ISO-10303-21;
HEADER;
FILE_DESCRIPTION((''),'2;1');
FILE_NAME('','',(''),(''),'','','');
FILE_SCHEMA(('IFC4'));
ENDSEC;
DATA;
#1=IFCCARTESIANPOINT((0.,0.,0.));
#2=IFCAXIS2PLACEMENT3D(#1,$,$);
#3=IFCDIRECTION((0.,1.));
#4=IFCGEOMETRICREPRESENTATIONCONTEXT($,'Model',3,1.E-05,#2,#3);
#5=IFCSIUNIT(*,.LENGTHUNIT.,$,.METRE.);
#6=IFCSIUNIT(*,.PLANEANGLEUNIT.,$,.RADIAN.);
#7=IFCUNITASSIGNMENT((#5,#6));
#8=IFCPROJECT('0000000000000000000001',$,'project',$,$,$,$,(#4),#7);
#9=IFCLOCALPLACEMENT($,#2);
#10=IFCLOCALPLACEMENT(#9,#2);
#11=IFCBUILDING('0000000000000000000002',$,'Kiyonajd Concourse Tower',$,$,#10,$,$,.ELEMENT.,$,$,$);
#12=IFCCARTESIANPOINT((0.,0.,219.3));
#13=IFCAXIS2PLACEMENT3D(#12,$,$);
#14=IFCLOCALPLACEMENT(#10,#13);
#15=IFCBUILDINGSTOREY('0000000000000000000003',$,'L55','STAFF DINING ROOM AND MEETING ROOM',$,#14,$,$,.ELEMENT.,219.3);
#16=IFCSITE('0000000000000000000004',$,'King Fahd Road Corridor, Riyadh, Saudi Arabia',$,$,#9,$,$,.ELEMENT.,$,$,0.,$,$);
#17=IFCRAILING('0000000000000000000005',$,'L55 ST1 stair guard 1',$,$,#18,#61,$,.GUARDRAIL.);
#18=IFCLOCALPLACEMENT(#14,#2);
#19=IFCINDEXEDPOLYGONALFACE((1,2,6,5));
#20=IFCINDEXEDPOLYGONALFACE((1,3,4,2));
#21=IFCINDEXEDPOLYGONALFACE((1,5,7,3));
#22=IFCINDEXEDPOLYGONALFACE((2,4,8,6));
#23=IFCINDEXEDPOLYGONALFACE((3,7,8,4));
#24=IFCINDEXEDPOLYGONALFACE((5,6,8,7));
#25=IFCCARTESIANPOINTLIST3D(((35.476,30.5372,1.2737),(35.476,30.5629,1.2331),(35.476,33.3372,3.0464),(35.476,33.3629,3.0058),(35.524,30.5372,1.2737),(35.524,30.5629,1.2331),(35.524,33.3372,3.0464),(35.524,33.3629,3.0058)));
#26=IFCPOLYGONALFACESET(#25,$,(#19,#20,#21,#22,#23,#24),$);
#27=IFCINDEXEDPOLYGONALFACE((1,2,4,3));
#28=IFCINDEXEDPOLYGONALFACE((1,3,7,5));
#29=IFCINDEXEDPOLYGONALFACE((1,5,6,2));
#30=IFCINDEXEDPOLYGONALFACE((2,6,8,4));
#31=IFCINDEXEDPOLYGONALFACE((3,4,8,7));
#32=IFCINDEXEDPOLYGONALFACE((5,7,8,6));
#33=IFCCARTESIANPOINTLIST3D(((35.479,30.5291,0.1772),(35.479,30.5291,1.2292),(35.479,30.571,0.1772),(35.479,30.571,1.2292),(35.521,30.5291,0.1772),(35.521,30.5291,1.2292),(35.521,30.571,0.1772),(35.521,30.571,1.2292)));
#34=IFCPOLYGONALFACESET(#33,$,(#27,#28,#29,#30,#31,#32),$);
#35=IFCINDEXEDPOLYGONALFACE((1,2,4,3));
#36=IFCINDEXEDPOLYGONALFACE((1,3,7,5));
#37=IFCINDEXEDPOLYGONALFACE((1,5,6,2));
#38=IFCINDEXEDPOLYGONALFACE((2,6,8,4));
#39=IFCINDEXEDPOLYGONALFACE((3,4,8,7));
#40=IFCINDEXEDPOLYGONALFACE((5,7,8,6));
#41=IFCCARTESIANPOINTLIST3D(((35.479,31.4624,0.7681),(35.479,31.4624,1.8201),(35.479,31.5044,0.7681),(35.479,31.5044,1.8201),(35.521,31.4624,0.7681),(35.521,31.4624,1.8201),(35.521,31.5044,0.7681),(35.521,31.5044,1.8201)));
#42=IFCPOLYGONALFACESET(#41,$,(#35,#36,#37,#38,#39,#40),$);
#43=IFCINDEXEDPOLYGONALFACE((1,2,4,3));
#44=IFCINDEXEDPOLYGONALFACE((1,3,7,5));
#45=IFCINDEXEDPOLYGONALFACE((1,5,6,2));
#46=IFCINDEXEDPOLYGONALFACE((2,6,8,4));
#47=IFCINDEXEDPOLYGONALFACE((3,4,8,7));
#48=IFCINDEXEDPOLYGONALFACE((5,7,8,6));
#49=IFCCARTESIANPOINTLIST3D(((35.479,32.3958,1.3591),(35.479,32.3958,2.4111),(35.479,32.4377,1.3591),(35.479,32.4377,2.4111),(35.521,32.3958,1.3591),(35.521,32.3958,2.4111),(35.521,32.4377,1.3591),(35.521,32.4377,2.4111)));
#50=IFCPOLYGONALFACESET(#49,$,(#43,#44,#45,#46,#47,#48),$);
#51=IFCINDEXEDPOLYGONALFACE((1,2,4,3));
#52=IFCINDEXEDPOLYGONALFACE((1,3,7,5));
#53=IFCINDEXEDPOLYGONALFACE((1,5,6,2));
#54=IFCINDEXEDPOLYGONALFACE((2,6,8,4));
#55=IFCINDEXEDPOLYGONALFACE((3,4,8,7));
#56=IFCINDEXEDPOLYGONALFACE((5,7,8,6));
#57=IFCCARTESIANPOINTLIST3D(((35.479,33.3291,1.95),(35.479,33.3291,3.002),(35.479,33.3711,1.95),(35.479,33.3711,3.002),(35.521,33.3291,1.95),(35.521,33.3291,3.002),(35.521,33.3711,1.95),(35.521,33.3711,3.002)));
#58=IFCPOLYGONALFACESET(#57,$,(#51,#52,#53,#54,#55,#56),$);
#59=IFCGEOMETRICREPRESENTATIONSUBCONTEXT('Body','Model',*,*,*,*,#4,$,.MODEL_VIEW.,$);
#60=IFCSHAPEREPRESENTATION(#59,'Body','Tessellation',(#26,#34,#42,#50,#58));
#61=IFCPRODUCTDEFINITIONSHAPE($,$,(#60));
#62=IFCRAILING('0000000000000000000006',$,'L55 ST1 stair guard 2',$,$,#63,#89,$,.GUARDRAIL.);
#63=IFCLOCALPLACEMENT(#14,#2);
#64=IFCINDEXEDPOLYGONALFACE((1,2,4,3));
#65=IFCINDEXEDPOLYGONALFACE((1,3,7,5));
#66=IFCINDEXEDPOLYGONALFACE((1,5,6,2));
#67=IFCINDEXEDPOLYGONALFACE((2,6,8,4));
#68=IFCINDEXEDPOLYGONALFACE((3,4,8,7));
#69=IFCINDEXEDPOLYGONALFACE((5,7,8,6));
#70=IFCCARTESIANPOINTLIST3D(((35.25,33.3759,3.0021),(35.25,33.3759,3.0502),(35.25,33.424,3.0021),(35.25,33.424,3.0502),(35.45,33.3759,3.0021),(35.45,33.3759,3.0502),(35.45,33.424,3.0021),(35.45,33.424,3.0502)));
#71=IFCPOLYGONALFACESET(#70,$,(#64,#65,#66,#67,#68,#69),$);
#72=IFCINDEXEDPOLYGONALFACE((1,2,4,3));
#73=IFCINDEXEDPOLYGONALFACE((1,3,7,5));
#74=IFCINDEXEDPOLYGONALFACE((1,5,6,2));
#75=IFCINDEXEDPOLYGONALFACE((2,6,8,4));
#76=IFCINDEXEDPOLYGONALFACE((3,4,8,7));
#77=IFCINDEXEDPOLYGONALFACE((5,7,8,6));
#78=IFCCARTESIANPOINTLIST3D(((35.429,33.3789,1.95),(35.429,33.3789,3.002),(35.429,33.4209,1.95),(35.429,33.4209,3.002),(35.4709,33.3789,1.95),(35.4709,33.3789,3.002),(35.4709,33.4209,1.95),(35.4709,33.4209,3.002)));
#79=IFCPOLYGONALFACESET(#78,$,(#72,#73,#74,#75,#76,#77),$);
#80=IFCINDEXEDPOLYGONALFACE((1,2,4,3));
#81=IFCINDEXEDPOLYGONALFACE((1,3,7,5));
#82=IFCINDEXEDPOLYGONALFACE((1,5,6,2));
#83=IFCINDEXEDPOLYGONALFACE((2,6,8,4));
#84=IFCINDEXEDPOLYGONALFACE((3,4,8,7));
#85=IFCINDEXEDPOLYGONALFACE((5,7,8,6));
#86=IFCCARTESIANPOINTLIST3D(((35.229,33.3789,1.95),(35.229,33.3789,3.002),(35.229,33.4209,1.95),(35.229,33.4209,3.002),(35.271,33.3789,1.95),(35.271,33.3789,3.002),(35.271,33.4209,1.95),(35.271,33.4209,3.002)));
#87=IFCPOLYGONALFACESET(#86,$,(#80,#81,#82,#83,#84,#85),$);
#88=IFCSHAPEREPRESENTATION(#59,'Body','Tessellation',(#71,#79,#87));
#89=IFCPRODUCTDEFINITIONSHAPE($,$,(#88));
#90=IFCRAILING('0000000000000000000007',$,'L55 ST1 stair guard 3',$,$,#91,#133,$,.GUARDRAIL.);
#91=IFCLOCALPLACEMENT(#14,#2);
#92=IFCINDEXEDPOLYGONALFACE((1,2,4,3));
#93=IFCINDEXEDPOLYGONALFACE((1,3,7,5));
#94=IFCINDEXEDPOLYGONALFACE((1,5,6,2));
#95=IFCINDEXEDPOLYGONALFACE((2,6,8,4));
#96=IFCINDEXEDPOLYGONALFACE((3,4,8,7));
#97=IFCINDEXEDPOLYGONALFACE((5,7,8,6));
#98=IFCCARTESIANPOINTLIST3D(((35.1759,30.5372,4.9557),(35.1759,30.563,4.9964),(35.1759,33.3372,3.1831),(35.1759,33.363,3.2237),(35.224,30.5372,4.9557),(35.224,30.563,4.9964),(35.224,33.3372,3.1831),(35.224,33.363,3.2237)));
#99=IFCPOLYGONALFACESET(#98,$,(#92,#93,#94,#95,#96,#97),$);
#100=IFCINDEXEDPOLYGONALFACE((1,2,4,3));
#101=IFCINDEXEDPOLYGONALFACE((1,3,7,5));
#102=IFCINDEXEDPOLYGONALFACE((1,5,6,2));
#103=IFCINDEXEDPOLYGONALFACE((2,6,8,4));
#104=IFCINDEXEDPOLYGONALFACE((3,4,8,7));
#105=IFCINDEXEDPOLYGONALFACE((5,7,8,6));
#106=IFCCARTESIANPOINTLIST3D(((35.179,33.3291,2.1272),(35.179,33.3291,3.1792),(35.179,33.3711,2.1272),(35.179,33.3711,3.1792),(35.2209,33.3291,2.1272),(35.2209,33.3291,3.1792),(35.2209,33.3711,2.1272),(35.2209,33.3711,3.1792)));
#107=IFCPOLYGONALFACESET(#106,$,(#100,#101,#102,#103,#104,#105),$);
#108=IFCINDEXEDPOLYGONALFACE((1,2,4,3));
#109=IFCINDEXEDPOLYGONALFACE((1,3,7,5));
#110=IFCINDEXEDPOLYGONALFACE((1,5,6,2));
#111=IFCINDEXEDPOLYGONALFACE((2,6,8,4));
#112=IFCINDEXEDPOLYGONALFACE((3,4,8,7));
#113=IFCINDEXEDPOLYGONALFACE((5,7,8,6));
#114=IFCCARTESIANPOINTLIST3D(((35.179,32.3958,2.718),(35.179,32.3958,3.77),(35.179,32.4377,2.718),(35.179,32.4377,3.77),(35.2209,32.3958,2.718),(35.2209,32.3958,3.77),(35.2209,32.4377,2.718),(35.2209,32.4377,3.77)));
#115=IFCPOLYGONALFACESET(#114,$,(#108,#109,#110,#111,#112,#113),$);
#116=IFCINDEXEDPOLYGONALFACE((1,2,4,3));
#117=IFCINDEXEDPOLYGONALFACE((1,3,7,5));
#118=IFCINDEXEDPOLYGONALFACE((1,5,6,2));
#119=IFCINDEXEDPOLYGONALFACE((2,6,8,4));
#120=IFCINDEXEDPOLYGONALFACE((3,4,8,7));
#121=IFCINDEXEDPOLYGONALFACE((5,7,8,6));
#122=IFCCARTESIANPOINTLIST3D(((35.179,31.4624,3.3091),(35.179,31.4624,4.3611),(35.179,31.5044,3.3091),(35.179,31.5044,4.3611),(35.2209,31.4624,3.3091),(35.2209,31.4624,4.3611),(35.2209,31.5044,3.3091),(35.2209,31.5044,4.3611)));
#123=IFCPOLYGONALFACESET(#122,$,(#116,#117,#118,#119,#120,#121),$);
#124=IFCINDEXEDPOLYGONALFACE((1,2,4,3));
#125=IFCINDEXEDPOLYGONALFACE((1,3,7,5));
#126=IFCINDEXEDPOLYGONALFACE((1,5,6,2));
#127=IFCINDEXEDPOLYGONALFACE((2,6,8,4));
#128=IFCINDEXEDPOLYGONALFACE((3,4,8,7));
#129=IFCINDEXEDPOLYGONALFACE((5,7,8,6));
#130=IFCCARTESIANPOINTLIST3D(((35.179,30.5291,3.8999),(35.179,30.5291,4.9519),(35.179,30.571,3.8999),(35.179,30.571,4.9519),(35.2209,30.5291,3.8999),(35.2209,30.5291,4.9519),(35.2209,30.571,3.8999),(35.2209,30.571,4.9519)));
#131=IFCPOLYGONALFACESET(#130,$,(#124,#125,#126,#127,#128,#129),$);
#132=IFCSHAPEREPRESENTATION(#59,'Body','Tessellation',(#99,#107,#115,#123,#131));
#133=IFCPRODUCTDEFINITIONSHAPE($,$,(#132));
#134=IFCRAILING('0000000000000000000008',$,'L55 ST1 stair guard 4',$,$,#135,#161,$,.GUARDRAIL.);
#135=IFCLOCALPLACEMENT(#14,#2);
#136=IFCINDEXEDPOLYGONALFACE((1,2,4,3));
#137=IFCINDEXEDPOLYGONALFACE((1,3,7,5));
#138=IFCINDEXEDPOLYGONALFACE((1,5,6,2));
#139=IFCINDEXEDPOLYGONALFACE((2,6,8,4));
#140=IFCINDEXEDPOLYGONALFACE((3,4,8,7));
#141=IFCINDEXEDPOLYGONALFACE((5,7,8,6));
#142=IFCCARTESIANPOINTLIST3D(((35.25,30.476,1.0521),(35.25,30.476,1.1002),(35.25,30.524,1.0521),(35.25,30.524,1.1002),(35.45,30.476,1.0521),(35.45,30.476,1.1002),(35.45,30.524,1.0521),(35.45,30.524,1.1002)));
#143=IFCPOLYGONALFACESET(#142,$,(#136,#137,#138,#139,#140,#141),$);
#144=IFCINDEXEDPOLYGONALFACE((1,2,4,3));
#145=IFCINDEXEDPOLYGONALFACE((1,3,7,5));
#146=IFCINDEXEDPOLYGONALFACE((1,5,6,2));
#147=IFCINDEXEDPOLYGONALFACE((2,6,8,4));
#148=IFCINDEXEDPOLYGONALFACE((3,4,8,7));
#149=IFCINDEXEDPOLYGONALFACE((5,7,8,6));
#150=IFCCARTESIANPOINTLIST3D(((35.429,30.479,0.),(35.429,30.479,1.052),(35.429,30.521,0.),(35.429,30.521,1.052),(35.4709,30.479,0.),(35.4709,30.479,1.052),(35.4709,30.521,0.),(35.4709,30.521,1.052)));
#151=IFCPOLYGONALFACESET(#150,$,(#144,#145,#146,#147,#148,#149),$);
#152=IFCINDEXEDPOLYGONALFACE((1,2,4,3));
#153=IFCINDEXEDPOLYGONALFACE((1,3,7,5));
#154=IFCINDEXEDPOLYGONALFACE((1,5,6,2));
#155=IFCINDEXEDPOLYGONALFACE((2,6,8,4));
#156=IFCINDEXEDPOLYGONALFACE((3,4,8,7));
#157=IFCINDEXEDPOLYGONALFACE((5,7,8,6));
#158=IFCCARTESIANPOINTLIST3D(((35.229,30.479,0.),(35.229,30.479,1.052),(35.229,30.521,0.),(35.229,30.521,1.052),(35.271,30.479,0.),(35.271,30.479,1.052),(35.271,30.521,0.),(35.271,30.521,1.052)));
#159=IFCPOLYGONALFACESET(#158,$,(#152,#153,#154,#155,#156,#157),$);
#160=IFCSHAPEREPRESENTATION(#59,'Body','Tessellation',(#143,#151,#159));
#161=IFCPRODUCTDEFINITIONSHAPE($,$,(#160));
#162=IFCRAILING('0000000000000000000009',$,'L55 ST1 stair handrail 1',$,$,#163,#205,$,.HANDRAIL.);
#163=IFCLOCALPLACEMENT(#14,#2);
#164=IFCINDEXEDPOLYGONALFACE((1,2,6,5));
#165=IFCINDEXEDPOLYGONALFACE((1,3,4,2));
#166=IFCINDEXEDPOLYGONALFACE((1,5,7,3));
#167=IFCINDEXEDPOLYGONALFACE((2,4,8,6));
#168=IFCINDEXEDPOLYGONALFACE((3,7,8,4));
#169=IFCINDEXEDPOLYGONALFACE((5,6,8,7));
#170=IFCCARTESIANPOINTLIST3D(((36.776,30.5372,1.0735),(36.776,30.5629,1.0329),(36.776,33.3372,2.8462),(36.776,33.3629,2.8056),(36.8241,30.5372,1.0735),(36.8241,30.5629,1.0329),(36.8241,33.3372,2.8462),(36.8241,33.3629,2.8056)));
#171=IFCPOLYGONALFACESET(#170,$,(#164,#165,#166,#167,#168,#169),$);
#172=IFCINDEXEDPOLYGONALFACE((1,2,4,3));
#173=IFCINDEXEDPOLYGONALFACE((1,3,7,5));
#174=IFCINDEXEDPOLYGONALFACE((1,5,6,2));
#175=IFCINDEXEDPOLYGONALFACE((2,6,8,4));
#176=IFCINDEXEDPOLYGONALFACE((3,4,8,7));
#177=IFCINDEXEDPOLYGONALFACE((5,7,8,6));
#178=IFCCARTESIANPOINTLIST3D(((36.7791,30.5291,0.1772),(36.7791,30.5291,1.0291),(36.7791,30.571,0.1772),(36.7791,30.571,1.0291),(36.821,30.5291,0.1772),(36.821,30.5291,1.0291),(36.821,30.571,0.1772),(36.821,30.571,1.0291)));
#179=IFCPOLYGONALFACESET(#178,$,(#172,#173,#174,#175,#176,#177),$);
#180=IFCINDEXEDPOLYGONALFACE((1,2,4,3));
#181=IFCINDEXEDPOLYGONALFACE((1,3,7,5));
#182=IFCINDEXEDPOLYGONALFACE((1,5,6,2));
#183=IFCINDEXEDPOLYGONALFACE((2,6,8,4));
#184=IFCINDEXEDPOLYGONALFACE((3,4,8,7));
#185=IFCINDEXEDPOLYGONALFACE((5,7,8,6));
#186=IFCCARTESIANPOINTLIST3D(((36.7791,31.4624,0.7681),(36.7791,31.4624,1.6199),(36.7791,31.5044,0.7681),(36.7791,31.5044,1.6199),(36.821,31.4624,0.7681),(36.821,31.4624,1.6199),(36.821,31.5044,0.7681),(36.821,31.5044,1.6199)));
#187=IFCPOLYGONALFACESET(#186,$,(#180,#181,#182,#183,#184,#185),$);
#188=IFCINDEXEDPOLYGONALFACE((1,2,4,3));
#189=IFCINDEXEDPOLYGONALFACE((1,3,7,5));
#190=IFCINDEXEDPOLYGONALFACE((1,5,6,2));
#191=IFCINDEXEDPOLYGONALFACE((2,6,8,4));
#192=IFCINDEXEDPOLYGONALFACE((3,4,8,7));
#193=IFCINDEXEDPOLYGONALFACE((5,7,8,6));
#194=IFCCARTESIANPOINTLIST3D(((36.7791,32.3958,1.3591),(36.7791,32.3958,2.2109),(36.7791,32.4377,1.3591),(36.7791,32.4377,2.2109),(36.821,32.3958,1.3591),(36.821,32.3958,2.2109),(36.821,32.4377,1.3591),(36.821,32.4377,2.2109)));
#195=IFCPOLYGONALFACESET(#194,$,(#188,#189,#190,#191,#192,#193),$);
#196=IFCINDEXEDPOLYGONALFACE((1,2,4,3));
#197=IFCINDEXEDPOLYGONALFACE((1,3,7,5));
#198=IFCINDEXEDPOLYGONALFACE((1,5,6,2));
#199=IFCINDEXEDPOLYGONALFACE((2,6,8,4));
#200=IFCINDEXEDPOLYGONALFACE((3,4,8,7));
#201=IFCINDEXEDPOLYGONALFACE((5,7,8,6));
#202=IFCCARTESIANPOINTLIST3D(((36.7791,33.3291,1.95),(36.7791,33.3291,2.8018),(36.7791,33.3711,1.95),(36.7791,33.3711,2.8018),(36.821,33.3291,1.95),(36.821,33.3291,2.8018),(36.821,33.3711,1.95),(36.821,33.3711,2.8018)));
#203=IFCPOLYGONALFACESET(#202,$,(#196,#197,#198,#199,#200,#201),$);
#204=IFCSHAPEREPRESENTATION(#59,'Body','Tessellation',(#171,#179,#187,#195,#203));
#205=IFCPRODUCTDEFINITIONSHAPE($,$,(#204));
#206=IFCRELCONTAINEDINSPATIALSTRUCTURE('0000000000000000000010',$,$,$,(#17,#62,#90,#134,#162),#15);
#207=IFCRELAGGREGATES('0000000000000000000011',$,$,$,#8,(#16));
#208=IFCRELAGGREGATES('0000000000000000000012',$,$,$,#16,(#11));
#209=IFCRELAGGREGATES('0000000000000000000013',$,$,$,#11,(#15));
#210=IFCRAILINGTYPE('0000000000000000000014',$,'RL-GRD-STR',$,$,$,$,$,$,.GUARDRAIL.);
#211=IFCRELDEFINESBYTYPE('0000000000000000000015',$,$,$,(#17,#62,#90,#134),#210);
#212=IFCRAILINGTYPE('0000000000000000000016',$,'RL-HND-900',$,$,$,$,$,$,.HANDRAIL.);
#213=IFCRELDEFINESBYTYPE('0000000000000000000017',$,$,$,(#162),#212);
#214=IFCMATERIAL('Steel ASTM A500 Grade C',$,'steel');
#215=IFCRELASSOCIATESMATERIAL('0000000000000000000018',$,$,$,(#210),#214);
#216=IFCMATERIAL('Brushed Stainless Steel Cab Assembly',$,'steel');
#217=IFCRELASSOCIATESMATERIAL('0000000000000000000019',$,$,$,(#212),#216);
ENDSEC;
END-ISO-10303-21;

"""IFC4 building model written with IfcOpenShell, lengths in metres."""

from ifc_helpers import new_model, si_unit, direction, frame, origin, origin_2d, place, context, subcontext, project, spatial, rectangle, extrude, material, type_object, element, save


model = new_model("IFC4")

# Units and contexts
model_context = context("Model", 3, precision=1e-05, world=origin(), true_north=direction((0.0, 1.0)))
body_context = subcontext(model_context, "Body", "Model", "MODEL_VIEW")
ifc_project = project(units=[si_unit("LENGTHUNIT", "METRE"), si_unit("PLANEANGLEUNIT", "RADIAN")], contexts=[model_context])

# Site, building, storey
site_placement = place(None, origin())
site = spatial("IfcSite", under=ifc_project, at=site_placement, Name="King Fahd Road Corridor, Riyadh, Saudi Arabia", CompositionType="ELEMENT", RefElevation=0.0)
building_placement = place(site_placement, origin())
building = spatial("IfcBuilding", under=site, at=building_placement, Name="Kiyonajd Concourse Tower", CompositionType="ELEMENT")
storey_placement = place(building_placement, frame((0.0, 0.0, 219.3)))
storey = spatial("IfcBuildingStorey", under=building, at=storey_placement, Name="L55", Description="STAFF DINING ROOM AND MEETING ROOM", CompositionType="ELEMENT", Elevation=219.3)

# Shared definitions
ifc_material_1 = material(Name="Brushed Stainless Steel Cab Assembly", Category="steel")

# Railings
ifc_material_2 = material(Name="Steel ASTM A500 Grade C", Category="steel")
railing_type_1 = type_object("IfcRailingType", Name="RL-GRD-STR", PredefinedType="GUARDRAIL", material=ifc_material_2)
railing_1_placement = place(storey_placement, frame((35.5, 30.55, 0.1772)))
element("IfcRailing", 1, at=railing_1_placement, inside=storey, type_object=railing_type_1, Name="L55 ST1 stair guard 1", PredefinedType="GUARDRAIL", context=body_context, shape_type="SweptSolid", body=[
    extrude(rectangle(XDim=0.0481, YDim=0.0481, at=origin_2d()), frame((0.0, 0.0, 1.0762), z_axis=(0.0, 0.844909, 0.53491), x_axis=(-1.0, 0.0, 0.0)), (0.0, 0.0, 1.0), 3.314),
    extrude(rectangle(XDim=0.042, YDim=0.042, at=origin_2d()), origin(), (0.0, 0.0, 1.0), 1.052),
    extrude(rectangle(XDim=0.042, YDim=0.042, at=origin_2d()), frame((0.0, 0.9333, 0.5908)), (0.0, 0.0, 1.0), 1.052),
    extrude(rectangle(XDim=0.042, YDim=0.042, at=origin_2d()), frame((0.0, 1.8667, 1.1819)), (0.0, 0.0, 1.0), 1.052),
    extrude(rectangle(XDim=0.042, YDim=0.042, at=origin_2d()), frame((0.0, 2.8, 1.7727)), (0.0, 0.0, 1.0), 1.052),
])
railing_2_placement = place(storey_placement, frame((35.45, 33.3999, 1.95)))
element("IfcRailing", 2, at=railing_2_placement, inside=storey, type_object=railing_type_1, Name="L55 ST1 stair guard 2", PredefinedType="GUARDRAIL", context=body_context, shape_type="SweptSolid", body=[
    extrude(rectangle(XDim=0.0481, YDim=0.0481, at=origin_2d()), frame((0.0, 0.0, 1.0762), z_axis=(-1.0, 0.0, 0.0), x_axis=(0.0, -1.0, 0.0)), (0.0, 0.0, 1.0), 0.2),
    extrude(rectangle(XDim=0.042, YDim=0.042, at=origin_2d()), origin(), (0.0, 0.0, 1.0), 1.052),
    extrude(rectangle(XDim=0.042, YDim=0.042, at=origin_2d()), frame((-0.2, 0.0, 0.0)), (0.0, 0.0, 1.0), 1.052),
])
railing_3_placement = place(storey_placement, frame((35.2, 33.3501, 2.1272)))
element("IfcRailing", 3, at=railing_3_placement, inside=storey, type_object=railing_type_1, Name="L55 ST1 stair guard 3", PredefinedType="GUARDRAIL", context=body_context, shape_type="SweptSolid", body=[
    extrude(rectangle(XDim=0.0481, YDim=0.0481, at=origin_2d()), frame((0.0, 0.0, 1.0762), z_axis=(0.0, -0.844909, 0.53491), x_axis=(1.0, 0.0, 0.0)), (0.0, 0.0, 1.0), 3.314),
    extrude(rectangle(XDim=0.042, YDim=0.042, at=origin_2d()), origin(), (0.0, 0.0, 1.0), 1.052),
    extrude(rectangle(XDim=0.042, YDim=0.042, at=origin_2d()), frame((0.0, -0.9333, 0.5908)), (0.0, 0.0, 1.0), 1.052),
    extrude(rectangle(XDim=0.042, YDim=0.042, at=origin_2d()), frame((0.0, -1.8667, 1.1819)), (0.0, 0.0, 1.0), 1.052),
    extrude(rectangle(XDim=0.042, YDim=0.042, at=origin_2d()), frame((0.0, -2.8, 1.7727)), (0.0, 0.0, 1.0), 1.052),
])
railing_4_placement = place(storey_placement, frame((35.45, 30.5, 0.0)))
element("IfcRailing", 4, at=railing_4_placement, inside=storey, type_object=railing_type_1, Name="L55 ST1 stair guard 4", PredefinedType="GUARDRAIL", context=body_context, shape_type="SweptSolid", body=[
    extrude(rectangle(XDim=0.0481, YDim=0.0481, at=origin_2d()), frame((0.0, 0.0, 1.0762), z_axis=(-1.0, 0.0, 0.0), x_axis=(0.0, -1.0, 0.0)), (0.0, 0.0, 1.0), 0.2),
    extrude(rectangle(XDim=0.042, YDim=0.042, at=origin_2d()), origin(), (0.0, 0.0, 1.0), 1.052),
    extrude(rectangle(XDim=0.042, YDim=0.042, at=origin_2d()), frame((-0.2, 0.0, 0.0)), (0.0, 0.0, 1.0), 1.052),
])
railing_type_2 = type_object("IfcRailingType", Name="RL-HND-900", PredefinedType="HANDRAIL", material=ifc_material_1)
railing_5_placement = place(storey_placement, frame((36.8, 30.55, 0.1772)))
element("IfcRailing", 5, at=railing_5_placement, inside=storey, type_object=railing_type_2, Name="L55 ST1 stair handrail 1", PredefinedType="HANDRAIL", context=body_context, shape_type="SweptSolid", body=[
    extrude(rectangle(XDim=0.0481, YDim=0.0481, at=origin_2d()), frame((0.0, 0.0, 0.876), z_axis=(0.0, 0.844909, 0.53491), x_axis=(-1.0, 0.0, 0.0)), (0.0, 0.0, 1.0), 3.314),
    extrude(rectangle(XDim=0.042, YDim=0.042, at=origin_2d()), origin(), (0.0, 0.0, 1.0), 0.8518),
    extrude(rectangle(XDim=0.042, YDim=0.042, at=origin_2d()), frame((0.0, 0.9333, 0.5908)), (0.0, 0.0, 1.0), 0.8518),
    extrude(rectangle(XDim=0.042, YDim=0.042, at=origin_2d()), frame((0.0, 1.8667, 1.1819)), (0.0, 0.0, 1.0), 0.8518),
    extrude(rectangle(XDim=0.042, YDim=0.042, at=origin_2d()), frame((0.0, 2.8, 1.7727)), (0.0, 0.0, 1.0), 0.8518),
])

save(model, "model.ifc")
